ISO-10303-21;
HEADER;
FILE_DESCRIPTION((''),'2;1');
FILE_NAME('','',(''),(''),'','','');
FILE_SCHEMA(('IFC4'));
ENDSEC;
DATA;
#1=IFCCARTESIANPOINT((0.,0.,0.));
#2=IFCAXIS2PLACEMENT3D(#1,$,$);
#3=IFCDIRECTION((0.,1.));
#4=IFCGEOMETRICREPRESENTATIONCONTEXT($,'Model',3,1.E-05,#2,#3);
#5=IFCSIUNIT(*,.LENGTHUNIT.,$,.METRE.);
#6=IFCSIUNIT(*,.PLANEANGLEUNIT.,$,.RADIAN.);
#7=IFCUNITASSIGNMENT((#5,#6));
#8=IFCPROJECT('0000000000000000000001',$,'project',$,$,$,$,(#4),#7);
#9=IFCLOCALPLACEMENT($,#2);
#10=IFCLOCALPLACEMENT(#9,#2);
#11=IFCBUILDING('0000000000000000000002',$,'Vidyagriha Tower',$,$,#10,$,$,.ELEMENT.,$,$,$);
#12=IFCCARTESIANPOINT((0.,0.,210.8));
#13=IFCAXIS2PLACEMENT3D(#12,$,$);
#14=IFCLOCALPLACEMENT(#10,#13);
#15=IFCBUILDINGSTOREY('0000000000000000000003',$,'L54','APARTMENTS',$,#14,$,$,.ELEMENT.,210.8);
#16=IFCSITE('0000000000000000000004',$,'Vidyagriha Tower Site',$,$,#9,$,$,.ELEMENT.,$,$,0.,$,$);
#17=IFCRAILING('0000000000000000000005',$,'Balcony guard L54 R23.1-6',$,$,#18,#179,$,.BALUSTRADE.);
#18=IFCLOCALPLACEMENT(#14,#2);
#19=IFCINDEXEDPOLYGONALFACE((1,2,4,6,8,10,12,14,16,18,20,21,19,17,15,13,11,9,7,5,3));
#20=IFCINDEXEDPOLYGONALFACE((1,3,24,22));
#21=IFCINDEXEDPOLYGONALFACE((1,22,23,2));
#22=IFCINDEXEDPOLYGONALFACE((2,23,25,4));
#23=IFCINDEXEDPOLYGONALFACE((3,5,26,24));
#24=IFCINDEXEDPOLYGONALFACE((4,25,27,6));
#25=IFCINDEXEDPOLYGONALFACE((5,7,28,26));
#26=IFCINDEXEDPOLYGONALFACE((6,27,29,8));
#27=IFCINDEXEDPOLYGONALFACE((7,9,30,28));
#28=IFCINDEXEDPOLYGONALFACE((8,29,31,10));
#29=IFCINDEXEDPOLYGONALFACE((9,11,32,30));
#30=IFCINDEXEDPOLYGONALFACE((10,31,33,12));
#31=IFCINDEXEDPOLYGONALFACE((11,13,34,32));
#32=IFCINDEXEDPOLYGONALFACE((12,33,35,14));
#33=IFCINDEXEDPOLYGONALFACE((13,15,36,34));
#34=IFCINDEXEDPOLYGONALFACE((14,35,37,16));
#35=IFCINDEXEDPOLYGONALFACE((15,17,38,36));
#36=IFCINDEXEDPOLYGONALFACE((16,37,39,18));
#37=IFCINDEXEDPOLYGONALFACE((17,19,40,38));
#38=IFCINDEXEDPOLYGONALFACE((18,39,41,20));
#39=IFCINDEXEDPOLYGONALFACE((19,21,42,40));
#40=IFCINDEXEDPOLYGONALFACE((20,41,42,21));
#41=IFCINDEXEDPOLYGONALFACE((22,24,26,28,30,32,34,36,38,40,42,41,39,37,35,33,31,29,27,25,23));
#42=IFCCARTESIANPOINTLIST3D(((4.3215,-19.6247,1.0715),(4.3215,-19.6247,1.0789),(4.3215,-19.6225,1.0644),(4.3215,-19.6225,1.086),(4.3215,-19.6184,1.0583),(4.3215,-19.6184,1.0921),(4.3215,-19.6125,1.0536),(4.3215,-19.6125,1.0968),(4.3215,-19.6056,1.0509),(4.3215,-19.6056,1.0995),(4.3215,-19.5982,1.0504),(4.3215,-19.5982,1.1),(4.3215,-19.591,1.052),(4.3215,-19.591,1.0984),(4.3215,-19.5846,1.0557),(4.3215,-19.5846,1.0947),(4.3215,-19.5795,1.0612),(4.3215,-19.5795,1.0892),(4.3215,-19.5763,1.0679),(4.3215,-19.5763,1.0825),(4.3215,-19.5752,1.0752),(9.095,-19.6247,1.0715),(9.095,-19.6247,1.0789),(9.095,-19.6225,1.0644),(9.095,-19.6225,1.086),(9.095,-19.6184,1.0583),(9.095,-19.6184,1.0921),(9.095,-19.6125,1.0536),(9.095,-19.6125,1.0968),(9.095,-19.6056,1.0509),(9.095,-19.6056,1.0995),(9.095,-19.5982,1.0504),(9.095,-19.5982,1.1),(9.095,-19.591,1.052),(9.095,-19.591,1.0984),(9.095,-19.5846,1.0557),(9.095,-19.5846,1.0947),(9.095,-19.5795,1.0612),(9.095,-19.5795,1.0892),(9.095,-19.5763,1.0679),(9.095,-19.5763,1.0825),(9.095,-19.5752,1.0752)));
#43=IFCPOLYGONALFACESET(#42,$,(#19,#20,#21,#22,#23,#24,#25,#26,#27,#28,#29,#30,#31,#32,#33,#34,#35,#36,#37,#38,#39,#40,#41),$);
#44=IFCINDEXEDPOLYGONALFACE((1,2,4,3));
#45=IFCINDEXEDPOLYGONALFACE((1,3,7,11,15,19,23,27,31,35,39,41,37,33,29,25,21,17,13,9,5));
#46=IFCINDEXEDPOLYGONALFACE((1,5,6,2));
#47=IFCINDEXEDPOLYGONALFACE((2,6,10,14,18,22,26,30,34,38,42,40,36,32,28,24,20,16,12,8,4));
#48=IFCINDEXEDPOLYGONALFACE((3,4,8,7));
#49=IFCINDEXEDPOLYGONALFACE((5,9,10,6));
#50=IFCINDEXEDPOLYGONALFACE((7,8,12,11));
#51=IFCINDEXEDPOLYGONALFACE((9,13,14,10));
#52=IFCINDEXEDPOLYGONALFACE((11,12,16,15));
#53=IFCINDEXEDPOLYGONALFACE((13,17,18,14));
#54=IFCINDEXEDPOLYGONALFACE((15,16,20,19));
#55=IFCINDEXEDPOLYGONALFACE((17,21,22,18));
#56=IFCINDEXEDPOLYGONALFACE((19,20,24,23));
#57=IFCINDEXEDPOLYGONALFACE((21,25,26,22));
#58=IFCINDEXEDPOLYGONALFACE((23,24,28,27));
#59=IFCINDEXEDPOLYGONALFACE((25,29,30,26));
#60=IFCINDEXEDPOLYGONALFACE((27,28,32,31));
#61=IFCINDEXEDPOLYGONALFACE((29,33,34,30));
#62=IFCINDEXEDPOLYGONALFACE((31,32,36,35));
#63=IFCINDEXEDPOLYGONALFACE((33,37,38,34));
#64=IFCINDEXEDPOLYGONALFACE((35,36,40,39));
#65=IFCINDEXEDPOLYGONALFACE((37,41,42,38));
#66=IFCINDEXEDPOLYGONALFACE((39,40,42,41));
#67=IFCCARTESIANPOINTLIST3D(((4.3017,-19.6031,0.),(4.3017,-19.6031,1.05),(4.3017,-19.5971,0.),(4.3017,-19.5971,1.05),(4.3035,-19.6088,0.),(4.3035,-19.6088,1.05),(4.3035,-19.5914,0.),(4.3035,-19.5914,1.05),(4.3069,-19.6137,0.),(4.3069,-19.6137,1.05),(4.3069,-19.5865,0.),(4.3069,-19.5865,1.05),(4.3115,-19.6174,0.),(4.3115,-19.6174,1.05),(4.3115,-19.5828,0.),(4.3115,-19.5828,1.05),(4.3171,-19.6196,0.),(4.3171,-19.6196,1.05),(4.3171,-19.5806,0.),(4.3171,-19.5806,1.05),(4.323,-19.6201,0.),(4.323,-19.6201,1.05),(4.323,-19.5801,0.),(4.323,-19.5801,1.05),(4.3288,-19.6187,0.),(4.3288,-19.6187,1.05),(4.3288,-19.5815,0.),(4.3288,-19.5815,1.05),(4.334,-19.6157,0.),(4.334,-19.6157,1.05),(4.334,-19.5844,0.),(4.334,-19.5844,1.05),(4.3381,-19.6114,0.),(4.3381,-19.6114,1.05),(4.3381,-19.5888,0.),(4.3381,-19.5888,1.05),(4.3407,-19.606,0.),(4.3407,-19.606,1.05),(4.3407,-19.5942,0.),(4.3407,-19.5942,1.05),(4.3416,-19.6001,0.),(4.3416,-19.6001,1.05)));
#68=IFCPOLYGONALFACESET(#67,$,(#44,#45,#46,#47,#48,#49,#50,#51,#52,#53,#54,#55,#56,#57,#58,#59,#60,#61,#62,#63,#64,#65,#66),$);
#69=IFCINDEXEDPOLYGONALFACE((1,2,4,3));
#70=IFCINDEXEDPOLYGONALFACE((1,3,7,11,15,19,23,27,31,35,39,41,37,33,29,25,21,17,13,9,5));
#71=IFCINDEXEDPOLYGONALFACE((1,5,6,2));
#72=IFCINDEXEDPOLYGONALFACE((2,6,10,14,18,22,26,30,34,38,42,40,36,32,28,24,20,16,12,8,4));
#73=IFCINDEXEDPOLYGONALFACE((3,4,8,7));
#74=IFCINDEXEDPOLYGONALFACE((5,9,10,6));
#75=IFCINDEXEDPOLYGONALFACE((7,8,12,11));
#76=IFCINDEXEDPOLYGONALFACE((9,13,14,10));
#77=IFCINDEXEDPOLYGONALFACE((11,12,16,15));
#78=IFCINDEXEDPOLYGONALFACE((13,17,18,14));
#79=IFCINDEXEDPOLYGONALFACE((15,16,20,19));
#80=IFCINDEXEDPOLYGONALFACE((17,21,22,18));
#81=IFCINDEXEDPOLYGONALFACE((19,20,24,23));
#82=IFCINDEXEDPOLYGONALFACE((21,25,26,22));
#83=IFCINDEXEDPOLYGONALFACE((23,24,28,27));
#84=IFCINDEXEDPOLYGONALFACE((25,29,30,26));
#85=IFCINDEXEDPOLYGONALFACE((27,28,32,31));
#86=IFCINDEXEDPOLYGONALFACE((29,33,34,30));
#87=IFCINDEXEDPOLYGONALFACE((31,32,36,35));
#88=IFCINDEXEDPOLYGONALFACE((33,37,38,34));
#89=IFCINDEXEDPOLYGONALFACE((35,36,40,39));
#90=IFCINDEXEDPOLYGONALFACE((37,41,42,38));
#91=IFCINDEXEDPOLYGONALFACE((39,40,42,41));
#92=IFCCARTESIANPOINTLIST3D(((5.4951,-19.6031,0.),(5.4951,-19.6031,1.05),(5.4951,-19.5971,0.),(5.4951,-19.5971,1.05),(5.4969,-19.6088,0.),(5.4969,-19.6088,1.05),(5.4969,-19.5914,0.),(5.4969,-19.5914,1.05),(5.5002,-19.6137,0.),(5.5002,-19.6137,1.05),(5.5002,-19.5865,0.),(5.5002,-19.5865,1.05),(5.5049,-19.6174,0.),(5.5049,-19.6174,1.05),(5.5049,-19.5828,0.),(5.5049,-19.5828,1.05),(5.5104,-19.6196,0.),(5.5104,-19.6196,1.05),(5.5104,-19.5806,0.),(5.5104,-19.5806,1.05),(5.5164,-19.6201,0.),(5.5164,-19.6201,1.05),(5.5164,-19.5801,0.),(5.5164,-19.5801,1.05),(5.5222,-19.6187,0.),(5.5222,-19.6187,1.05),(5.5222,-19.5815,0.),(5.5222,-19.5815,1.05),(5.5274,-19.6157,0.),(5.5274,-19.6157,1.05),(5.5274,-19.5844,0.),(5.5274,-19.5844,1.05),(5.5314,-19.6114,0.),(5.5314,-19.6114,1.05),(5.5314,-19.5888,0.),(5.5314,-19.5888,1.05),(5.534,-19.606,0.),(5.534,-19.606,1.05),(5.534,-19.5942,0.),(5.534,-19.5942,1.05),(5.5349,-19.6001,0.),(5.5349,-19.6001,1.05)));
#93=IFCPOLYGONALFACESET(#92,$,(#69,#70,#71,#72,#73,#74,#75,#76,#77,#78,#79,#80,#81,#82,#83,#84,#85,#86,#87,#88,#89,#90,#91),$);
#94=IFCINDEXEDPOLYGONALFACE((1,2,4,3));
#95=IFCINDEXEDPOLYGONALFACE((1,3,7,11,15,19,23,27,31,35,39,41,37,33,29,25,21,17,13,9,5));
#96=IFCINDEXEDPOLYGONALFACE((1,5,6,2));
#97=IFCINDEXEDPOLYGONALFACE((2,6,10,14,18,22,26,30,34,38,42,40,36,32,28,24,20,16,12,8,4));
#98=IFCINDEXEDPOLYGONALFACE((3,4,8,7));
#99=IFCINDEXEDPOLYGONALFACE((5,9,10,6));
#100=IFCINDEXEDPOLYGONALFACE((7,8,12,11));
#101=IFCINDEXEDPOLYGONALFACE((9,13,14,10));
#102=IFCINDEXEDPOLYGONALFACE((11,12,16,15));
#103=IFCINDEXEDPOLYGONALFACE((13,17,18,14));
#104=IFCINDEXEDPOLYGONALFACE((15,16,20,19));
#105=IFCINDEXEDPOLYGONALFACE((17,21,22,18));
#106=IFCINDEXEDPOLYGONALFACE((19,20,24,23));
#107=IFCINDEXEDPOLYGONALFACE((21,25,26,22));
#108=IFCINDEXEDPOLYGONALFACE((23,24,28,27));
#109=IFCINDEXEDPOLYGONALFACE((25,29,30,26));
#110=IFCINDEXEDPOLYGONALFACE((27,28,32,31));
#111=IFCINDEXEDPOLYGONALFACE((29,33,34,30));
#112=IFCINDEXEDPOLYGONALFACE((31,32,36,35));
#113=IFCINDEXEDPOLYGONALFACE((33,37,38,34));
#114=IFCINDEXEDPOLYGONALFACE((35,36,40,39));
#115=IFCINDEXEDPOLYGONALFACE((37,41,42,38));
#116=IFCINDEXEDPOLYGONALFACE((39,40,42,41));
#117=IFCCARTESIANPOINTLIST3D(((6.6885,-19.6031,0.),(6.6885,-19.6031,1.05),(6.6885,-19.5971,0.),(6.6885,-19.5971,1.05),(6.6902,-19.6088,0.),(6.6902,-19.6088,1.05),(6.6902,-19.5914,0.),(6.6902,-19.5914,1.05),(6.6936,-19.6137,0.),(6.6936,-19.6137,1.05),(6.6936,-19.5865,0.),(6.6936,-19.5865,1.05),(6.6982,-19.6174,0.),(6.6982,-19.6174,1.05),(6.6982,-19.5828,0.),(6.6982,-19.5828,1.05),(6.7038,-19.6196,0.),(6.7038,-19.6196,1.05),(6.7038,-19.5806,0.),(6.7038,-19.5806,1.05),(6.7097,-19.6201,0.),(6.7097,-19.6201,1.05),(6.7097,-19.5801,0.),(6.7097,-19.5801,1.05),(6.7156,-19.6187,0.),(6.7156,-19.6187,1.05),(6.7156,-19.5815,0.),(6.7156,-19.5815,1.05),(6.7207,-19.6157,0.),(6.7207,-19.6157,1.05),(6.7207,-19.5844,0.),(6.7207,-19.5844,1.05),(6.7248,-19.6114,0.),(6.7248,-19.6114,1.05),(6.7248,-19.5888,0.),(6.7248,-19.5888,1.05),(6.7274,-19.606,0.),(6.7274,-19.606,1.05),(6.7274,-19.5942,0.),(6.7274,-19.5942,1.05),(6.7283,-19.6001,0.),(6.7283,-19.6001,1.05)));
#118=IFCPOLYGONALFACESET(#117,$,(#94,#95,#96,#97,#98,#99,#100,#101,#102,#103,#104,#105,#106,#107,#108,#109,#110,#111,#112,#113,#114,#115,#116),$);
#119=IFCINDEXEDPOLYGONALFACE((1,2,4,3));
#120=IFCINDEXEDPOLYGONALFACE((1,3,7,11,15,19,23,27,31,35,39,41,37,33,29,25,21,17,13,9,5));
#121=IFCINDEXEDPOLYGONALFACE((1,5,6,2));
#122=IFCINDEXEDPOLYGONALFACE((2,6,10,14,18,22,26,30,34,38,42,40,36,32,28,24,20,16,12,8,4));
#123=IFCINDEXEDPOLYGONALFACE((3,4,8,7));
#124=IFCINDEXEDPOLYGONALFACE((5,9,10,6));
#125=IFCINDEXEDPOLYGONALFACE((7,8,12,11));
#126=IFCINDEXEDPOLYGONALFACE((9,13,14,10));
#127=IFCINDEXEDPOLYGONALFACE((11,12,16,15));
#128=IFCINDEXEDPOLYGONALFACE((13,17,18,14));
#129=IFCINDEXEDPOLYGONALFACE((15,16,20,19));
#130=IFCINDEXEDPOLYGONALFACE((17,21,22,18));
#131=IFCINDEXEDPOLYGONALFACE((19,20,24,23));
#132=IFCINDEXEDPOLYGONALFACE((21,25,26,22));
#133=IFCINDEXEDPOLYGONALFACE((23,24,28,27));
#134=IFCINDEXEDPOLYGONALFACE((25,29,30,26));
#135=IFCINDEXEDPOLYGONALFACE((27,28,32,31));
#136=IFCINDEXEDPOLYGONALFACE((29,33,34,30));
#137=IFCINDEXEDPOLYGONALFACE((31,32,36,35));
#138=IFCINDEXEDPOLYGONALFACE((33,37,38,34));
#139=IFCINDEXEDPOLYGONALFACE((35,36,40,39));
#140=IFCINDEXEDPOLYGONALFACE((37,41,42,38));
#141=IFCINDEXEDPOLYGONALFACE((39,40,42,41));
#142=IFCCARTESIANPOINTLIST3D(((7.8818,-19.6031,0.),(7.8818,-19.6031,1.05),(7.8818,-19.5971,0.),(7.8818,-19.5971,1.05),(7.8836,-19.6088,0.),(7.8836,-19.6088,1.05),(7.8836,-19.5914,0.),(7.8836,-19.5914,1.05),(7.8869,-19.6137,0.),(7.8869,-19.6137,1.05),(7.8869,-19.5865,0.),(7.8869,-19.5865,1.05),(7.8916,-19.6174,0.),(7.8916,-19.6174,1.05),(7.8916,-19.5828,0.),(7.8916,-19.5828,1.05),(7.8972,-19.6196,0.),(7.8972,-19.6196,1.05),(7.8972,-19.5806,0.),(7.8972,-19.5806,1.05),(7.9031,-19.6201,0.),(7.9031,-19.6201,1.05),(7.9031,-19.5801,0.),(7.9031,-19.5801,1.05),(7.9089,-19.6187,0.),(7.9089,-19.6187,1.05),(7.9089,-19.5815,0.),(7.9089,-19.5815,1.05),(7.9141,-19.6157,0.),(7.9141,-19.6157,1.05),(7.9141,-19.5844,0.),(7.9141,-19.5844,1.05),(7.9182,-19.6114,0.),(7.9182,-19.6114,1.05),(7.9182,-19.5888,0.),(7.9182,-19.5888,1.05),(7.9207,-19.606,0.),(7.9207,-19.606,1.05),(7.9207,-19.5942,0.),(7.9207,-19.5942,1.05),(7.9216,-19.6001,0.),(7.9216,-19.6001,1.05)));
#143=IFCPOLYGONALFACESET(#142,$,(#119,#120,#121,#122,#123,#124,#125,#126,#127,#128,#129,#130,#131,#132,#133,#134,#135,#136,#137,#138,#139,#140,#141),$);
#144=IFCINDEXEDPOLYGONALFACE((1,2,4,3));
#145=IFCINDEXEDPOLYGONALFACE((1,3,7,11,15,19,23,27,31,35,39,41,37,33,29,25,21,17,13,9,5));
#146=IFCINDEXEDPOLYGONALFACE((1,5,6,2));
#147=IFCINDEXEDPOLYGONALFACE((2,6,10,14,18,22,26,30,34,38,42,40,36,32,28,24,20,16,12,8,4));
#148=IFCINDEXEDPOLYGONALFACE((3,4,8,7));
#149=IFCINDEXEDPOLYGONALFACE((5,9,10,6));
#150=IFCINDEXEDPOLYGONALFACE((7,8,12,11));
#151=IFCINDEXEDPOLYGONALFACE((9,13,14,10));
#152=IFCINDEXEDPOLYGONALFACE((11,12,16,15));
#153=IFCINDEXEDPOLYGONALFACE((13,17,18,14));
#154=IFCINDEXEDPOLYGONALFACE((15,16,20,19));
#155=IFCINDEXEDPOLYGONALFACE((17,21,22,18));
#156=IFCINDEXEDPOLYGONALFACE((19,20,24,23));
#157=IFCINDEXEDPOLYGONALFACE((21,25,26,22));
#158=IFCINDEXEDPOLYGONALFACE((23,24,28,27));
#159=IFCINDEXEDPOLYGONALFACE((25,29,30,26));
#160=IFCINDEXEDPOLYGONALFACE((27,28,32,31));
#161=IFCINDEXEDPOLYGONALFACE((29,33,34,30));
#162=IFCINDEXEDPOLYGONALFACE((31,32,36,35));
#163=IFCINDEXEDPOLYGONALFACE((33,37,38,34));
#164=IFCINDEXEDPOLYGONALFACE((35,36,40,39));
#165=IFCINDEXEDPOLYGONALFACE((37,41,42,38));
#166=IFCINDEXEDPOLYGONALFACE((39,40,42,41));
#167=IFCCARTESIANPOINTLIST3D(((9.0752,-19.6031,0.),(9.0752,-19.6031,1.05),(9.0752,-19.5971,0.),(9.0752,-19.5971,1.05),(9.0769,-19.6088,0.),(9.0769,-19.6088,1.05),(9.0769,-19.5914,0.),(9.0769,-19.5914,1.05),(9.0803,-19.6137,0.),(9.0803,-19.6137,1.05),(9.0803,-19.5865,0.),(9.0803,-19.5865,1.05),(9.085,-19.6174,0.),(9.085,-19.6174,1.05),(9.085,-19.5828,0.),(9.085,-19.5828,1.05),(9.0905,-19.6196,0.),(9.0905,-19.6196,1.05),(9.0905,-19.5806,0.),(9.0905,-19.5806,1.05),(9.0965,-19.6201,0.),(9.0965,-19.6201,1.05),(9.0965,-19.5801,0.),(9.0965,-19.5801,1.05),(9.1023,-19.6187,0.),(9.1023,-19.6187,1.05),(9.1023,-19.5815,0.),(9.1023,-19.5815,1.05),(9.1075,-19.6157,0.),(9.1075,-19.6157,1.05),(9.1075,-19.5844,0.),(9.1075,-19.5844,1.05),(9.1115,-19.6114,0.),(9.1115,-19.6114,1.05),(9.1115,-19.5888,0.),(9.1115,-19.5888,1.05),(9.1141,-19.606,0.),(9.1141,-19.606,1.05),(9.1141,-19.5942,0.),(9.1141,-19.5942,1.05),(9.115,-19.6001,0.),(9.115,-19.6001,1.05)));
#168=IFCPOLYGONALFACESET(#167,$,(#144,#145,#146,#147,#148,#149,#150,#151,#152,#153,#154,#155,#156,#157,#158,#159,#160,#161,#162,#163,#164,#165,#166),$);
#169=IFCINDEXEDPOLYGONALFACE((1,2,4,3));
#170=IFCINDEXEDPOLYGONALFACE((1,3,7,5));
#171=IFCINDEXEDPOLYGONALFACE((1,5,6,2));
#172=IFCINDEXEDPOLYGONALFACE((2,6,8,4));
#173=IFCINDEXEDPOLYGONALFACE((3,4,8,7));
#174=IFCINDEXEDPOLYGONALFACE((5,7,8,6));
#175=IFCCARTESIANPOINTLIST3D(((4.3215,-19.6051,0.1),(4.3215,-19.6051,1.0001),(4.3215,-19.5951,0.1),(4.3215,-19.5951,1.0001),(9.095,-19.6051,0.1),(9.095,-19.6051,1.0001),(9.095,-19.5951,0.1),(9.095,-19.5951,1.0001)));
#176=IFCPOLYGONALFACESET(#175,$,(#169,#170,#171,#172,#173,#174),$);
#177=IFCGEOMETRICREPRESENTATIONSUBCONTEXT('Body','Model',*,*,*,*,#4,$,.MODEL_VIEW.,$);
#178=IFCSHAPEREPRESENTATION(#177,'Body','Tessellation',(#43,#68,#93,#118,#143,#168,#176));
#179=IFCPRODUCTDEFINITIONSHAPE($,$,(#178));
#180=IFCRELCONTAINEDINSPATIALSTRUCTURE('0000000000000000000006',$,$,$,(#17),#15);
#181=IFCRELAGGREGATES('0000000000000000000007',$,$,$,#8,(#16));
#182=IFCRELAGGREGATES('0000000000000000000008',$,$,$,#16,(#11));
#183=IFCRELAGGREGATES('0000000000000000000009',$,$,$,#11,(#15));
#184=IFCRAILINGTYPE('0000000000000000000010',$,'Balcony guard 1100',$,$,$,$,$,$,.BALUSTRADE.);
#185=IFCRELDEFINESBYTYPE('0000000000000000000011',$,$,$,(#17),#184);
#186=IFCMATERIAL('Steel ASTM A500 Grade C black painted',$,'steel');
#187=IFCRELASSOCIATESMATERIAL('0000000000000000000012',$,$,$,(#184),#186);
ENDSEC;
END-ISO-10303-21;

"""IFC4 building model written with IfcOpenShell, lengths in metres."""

from ifc_helpers import new_model, si_unit, direction, frame, origin, origin_2d, place, context, subcontext, project, spatial, rectangle, circle, extrude, material, type_object, element, save


model = new_model("IFC4")

# Units and contexts
model_context = context("Model", 3, precision=1e-05, world=origin(), true_north=direction((0.0, 1.0)))
body_context = subcontext(model_context, "Body", "Model", "MODEL_VIEW")
ifc_project = project(units=[si_unit("LENGTHUNIT", "METRE"), si_unit("PLANEANGLEUNIT", "RADIAN")], contexts=[model_context])

# Site, building, storey
site_placement = place(None, origin())
site = spatial("IfcSite", under=ifc_project, at=site_placement, Name="Vidyagriha Tower Site", CompositionType="ELEMENT", RefElevation=0.0)
building_placement = place(site_placement, origin())
building = spatial("IfcBuilding", under=site, at=building_placement, Name="Vidyagriha Tower", CompositionType="ELEMENT")
storey_placement = place(building_placement, frame((0.0, 0.0, 210.8)))
storey = spatial("IfcBuildingStorey", under=building, at=storey_placement, Name="L54", Description="APARTMENTS", CompositionType="ELEMENT", Elevation=210.8)

# Railing
ifc_material_1 = material(Name="Steel ASTM A500 Grade C black painted", Category="steel")
railing_type = type_object("IfcRailingType", Name="Balcony guard 1100", PredefinedType="BALUSTRADE", material=ifc_material_1)
railing_1_placement = place(storey_placement, frame((4.3215, -19.6001, 0.0)))
element("IfcRailing", 1, at=railing_1_placement, inside=storey, type_object=railing_type, Name="Balcony guard L54 R23.1-6", PredefinedType="BALUSTRADE", context=body_context, shape_type="SweptSolid", body=[
    extrude(circle(Radius=0.0249, at=origin_2d()), frame((0.0, 0.0, 1.0752), z_axis=(1.0, 0.0, 0.0), x_axis=(0.0, 1.0, 0.0)), (0.0, 0.0, 1.0), 4.7734),
    extrude(circle(Radius=0.02, at=origin_2d()), origin(), (0.0, 0.0, 1.0), 1.05),
    extrude(circle(Radius=0.02, at=origin_2d()), frame((1.1934, 0.0, 0.0)), (0.0, 0.0, 1.0), 1.05),
    extrude(circle(Radius=0.02, at=origin_2d()), frame((2.3867, 0.0, 0.0)), (0.0, 0.0, 1.0), 1.05),
    extrude(circle(Radius=0.02, at=origin_2d()), frame((3.5801, 0.0, 0.0)), (0.0, 0.0, 1.0), 1.05),
    extrude(circle(Radius=0.02, at=origin_2d()), frame((4.7734, 0.0, 0.0)), (0.0, 0.0, 1.0), 1.05),
    extrude(rectangle(XDim=0.01, YDim=0.9001, at=origin_2d()), frame((0.0, 0.0, 0.55), z_axis=(1.0, 0.0, 0.0), x_axis=(0.0, 1.0, 0.0)), (0.0, 0.0, 1.0), 4.7734),
])

save(model, "model.ifc")
